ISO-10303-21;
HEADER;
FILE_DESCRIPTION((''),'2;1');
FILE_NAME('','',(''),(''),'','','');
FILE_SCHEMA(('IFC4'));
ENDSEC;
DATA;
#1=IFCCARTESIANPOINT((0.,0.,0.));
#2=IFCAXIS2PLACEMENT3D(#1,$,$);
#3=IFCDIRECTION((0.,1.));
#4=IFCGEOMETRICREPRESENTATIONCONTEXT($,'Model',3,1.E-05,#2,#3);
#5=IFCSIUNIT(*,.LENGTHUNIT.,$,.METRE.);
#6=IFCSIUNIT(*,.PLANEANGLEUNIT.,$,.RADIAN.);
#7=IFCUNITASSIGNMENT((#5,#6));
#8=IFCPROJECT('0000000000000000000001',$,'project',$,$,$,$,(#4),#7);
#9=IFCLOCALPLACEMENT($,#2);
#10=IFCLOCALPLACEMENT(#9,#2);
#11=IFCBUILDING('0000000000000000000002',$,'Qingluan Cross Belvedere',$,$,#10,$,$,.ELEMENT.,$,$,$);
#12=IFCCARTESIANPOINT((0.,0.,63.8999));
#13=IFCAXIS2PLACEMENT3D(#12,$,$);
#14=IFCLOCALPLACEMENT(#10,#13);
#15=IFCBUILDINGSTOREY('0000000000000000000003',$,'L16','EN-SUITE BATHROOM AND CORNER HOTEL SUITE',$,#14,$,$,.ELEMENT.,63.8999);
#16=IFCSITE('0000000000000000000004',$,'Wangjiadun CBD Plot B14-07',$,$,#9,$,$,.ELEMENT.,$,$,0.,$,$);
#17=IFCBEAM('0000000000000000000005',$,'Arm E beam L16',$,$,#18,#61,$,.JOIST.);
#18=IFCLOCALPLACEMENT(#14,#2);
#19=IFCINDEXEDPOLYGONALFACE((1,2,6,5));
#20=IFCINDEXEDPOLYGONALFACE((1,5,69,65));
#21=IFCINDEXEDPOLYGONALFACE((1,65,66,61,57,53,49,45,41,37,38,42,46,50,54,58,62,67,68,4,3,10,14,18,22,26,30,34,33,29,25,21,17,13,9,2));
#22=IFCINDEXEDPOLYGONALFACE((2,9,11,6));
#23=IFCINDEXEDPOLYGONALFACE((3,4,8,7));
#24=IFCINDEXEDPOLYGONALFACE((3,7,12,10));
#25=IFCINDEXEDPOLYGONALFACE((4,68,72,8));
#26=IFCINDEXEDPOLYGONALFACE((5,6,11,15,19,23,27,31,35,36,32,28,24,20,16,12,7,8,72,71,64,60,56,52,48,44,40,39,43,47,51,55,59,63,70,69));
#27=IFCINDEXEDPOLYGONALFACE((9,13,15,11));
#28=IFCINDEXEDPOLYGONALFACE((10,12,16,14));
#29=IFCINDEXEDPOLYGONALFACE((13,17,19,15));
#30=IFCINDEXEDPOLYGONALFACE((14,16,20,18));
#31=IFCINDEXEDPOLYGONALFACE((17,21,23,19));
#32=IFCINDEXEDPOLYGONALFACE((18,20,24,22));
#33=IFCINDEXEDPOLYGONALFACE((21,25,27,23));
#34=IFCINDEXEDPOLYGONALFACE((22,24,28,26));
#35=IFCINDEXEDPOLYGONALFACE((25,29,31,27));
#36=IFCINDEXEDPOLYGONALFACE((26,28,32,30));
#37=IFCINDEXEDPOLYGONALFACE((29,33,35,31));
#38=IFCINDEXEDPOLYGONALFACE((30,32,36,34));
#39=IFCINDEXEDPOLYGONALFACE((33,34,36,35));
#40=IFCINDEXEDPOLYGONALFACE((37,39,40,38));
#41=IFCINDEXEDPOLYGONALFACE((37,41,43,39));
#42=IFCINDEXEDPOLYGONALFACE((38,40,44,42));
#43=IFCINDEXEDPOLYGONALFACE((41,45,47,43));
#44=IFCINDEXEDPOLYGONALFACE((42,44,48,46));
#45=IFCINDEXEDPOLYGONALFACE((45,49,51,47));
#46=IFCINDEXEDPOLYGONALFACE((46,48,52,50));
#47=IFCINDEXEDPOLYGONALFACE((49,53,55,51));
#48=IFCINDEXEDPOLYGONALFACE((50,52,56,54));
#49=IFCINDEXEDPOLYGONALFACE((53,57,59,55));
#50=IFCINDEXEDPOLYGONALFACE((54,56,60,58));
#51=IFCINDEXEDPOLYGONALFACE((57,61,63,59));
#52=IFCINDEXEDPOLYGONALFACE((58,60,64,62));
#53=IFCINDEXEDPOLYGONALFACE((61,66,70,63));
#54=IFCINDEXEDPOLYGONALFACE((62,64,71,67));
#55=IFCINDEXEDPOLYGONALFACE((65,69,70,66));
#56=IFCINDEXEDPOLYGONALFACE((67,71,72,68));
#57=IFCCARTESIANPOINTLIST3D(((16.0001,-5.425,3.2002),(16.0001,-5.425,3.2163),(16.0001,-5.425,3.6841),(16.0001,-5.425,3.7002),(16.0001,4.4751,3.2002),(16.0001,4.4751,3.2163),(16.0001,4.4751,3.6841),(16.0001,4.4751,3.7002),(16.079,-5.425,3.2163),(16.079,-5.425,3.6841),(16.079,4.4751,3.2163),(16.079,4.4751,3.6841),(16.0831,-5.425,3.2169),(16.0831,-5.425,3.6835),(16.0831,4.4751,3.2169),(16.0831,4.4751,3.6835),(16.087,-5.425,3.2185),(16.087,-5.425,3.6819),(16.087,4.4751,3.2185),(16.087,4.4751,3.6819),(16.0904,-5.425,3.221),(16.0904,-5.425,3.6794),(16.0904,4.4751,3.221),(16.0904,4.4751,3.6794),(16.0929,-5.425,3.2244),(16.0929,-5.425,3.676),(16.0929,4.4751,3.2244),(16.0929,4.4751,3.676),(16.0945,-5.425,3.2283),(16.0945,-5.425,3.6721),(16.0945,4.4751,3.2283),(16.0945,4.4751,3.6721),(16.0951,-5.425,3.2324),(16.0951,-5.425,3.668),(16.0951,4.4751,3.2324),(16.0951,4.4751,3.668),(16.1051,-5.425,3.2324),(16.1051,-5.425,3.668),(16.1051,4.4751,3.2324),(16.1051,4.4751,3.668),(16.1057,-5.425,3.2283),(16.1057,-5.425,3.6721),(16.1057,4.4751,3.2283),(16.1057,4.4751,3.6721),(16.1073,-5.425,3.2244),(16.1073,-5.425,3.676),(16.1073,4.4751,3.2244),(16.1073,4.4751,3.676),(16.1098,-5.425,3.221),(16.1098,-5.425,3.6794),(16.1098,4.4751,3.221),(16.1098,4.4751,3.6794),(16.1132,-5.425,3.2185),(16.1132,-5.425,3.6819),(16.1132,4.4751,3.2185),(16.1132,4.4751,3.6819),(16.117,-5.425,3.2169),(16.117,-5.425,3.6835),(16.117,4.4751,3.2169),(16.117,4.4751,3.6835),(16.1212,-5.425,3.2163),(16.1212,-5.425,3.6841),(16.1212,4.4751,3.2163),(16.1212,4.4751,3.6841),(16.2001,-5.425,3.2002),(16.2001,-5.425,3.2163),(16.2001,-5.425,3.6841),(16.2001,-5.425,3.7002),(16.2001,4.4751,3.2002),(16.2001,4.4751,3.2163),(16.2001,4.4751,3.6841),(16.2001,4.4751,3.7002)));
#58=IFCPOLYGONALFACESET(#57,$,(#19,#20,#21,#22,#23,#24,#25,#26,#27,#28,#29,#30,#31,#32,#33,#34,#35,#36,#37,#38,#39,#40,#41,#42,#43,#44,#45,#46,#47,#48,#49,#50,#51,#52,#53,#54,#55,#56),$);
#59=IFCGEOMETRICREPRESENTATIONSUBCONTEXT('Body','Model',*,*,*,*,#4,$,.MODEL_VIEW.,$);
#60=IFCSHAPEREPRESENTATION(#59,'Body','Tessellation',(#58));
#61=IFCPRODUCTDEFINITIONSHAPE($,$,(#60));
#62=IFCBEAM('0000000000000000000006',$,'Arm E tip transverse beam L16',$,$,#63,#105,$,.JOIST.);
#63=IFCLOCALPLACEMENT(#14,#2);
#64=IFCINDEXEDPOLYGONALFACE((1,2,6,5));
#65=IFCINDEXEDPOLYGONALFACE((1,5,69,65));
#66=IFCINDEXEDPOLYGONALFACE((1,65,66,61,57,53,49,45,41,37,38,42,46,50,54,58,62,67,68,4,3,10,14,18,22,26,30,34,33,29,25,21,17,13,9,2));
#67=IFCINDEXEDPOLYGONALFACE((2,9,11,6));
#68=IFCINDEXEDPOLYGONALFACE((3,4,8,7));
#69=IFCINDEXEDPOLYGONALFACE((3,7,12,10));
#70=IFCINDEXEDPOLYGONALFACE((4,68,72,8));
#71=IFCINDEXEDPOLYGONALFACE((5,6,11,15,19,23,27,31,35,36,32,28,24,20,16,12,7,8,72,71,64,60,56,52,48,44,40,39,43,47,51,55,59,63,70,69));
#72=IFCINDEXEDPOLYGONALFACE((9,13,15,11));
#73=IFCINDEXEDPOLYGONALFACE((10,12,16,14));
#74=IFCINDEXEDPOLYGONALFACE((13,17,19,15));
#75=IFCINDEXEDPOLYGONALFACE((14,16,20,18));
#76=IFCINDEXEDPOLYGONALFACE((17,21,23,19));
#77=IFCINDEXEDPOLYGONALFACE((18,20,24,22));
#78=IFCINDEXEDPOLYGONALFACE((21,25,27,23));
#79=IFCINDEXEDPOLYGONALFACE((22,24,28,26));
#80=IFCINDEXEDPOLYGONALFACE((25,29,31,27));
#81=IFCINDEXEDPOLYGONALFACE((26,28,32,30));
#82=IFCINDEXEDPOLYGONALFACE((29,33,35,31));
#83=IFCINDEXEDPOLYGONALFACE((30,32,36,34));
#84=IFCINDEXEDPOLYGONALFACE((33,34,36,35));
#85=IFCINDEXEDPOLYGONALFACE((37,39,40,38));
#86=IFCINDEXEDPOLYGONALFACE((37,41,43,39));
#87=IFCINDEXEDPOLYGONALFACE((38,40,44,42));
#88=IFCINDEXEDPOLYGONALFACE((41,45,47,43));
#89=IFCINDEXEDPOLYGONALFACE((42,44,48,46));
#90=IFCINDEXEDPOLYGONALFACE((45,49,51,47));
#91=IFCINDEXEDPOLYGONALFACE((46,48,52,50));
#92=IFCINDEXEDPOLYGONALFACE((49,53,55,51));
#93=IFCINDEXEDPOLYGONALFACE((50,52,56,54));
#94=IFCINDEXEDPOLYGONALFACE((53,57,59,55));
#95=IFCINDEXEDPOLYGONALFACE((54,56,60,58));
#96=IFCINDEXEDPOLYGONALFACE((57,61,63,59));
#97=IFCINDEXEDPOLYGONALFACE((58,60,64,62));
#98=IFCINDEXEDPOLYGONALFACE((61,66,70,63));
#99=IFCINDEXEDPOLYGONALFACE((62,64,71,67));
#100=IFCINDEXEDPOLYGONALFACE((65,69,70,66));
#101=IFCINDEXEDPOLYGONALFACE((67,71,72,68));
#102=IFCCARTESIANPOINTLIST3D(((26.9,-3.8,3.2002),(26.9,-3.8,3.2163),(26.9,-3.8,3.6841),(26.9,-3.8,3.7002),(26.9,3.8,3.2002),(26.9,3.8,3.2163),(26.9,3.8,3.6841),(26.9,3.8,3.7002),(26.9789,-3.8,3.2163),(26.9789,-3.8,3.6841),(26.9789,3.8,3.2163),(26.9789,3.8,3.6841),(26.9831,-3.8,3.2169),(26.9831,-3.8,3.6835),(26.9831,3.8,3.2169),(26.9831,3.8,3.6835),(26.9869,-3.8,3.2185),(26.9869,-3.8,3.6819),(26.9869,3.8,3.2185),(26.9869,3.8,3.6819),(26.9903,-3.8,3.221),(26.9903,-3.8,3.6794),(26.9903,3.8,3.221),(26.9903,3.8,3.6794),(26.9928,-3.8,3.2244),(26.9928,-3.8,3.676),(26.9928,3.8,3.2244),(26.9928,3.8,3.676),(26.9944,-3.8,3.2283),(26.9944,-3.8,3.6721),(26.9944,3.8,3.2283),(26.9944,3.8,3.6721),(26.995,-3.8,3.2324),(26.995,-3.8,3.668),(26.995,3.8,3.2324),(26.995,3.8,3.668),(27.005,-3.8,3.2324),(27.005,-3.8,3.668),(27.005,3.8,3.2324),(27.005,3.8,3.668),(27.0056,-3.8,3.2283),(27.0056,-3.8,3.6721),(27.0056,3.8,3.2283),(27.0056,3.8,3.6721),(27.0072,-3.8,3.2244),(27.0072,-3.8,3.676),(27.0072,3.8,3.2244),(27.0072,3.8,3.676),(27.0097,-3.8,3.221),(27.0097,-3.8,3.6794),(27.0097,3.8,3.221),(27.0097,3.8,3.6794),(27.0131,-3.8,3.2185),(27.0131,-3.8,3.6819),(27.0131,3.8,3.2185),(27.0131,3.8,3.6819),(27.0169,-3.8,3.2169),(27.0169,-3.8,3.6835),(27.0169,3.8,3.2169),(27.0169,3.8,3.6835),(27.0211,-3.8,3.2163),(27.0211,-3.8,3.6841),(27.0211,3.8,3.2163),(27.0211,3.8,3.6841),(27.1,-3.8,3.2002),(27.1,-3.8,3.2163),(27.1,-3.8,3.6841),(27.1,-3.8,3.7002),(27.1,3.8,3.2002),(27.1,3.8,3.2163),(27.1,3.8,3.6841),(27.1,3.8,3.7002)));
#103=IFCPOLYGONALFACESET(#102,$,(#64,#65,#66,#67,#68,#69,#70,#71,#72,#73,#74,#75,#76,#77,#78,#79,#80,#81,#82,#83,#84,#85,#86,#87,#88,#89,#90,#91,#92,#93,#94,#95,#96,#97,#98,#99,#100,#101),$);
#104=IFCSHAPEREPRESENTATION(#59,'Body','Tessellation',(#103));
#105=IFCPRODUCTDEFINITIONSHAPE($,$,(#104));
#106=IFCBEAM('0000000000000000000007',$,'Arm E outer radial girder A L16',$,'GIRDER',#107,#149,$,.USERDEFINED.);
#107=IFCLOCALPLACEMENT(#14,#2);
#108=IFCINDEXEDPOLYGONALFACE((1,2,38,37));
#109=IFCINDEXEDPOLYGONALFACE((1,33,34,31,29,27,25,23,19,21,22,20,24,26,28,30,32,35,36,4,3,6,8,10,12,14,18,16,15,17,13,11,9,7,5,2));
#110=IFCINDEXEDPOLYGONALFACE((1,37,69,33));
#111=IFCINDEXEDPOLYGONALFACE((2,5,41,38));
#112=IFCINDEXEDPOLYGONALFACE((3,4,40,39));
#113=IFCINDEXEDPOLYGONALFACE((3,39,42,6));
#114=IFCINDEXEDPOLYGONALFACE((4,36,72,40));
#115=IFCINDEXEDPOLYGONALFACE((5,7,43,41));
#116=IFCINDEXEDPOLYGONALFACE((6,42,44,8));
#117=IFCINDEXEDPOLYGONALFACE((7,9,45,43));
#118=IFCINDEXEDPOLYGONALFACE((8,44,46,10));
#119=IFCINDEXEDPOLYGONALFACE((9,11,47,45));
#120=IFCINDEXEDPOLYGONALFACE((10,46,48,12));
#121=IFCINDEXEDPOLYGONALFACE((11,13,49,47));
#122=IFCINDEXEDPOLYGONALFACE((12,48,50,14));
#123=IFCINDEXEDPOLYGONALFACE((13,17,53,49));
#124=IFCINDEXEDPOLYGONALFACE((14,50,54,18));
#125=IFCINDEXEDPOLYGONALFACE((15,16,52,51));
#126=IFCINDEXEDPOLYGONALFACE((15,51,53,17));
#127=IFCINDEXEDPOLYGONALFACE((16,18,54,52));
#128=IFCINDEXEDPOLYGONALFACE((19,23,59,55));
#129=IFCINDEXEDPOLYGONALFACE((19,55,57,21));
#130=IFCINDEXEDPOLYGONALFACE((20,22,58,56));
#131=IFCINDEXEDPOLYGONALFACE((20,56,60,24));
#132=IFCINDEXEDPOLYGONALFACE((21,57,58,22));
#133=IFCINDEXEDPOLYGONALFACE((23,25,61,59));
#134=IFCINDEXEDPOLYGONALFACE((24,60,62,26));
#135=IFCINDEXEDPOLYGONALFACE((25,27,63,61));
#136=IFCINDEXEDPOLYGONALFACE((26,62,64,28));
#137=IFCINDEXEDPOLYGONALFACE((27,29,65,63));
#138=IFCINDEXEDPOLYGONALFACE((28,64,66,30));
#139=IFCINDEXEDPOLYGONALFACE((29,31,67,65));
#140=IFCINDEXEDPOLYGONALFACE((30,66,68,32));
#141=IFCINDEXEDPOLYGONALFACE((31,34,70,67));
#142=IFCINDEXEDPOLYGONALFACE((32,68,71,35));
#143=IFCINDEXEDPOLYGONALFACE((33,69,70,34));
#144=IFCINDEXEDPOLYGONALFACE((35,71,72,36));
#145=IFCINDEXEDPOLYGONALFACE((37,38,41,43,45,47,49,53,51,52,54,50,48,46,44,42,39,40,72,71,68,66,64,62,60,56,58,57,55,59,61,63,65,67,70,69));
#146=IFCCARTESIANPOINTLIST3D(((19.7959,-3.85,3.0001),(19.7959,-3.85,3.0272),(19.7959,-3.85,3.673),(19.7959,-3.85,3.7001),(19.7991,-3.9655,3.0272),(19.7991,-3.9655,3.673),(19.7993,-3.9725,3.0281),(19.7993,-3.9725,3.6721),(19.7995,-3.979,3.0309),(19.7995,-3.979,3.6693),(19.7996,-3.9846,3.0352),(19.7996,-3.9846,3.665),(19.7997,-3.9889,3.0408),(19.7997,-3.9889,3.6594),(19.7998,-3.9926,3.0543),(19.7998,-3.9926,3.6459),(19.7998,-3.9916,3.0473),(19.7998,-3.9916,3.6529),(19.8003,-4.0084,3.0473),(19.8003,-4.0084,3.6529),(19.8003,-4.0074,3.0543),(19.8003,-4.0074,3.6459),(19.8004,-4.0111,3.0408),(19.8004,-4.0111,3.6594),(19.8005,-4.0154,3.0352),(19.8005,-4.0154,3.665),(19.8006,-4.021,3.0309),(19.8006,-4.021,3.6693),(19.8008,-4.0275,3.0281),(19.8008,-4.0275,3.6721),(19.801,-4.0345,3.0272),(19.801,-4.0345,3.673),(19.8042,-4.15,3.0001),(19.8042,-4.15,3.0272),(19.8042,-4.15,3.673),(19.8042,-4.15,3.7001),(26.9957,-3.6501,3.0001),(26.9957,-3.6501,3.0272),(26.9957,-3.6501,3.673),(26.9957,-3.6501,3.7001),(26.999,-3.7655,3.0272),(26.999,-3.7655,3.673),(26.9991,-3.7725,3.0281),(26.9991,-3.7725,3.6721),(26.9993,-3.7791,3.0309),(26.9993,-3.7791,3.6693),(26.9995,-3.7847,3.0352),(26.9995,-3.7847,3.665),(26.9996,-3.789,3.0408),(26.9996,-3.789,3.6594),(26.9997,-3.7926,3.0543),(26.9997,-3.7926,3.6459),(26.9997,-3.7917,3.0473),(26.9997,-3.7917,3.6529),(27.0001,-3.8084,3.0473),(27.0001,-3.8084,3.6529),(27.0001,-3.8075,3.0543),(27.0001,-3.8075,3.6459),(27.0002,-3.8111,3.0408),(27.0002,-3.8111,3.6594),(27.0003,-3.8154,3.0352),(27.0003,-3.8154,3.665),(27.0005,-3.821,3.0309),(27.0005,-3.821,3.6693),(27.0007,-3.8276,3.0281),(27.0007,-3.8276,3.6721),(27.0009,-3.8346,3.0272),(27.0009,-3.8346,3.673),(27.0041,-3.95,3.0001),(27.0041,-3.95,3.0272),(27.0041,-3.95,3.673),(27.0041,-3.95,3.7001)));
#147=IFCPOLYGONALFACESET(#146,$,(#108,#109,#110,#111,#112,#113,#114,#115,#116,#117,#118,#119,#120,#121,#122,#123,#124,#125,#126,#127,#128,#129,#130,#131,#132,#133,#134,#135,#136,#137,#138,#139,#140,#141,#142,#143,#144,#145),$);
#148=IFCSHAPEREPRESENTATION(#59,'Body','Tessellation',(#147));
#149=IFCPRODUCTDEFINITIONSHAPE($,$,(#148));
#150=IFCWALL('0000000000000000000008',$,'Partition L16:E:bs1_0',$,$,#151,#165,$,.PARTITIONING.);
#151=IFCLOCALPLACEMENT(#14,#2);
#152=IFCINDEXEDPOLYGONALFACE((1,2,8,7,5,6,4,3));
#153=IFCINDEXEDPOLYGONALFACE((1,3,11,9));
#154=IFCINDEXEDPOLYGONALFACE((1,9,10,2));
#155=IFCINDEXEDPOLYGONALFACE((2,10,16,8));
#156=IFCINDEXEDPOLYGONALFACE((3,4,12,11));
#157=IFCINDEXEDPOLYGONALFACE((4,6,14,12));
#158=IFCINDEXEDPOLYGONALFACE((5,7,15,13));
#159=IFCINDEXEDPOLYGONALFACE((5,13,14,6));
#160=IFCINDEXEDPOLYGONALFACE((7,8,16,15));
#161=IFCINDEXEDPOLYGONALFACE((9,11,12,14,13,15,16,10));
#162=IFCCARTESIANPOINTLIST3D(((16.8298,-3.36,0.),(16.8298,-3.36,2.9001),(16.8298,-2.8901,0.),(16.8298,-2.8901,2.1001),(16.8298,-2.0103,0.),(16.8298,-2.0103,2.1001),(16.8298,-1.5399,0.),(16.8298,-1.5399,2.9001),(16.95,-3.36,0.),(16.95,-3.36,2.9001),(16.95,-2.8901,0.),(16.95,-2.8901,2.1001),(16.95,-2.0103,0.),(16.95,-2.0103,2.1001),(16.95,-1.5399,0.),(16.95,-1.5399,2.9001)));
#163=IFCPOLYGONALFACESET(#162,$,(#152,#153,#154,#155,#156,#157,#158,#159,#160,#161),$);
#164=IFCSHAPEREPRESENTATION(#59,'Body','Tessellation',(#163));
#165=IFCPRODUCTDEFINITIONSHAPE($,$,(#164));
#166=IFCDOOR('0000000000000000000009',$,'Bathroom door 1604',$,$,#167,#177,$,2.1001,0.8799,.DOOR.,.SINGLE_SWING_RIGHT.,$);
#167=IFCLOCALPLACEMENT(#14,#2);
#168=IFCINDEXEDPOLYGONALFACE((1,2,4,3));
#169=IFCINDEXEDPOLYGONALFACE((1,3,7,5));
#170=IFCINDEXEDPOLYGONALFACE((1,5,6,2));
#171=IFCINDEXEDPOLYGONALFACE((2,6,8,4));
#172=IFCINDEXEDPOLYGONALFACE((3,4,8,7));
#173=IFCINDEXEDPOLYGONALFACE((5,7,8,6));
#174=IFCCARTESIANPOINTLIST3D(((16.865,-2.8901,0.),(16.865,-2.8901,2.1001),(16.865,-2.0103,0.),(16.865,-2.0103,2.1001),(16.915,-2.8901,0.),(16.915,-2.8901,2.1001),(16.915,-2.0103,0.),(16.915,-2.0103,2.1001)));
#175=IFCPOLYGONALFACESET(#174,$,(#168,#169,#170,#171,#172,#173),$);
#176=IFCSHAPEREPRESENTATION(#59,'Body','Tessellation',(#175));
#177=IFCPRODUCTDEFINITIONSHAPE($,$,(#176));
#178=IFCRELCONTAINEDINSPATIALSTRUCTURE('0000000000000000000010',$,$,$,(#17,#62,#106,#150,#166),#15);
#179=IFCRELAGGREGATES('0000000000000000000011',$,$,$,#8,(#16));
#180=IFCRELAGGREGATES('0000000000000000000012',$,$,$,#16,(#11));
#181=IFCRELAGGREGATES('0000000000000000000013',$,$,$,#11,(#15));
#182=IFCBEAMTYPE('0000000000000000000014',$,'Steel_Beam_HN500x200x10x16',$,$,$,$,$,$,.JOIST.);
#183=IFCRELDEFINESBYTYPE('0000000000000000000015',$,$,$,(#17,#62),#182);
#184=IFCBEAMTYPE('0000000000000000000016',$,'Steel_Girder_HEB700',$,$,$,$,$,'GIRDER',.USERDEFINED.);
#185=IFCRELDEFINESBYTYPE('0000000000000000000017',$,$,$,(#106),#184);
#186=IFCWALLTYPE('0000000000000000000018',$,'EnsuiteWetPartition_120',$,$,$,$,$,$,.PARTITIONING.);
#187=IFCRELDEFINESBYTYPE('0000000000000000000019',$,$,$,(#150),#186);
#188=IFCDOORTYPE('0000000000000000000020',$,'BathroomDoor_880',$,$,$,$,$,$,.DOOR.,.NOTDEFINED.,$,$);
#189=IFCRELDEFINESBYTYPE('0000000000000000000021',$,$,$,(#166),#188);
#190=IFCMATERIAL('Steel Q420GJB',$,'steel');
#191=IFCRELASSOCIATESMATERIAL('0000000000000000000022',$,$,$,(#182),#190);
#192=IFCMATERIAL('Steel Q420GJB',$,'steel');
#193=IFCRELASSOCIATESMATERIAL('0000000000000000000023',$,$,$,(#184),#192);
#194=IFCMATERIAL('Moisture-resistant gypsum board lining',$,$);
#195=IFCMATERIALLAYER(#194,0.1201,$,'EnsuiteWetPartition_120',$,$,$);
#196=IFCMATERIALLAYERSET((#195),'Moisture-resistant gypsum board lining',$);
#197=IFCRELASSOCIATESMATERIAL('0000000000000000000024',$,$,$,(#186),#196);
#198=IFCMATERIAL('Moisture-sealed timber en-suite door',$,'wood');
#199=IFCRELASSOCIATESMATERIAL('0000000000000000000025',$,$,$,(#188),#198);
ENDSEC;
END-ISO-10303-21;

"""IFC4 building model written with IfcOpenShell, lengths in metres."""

from ifc_helpers import new_model, si_unit, direction, frame, frame_2d, origin, origin_2d, place, context, subcontext, project, spatial, rectangle, i_section, extrude, material, layer, layer_set, material_profile, profile_set, type_object, element, fill, save


model = new_model("IFC4")

# Units and contexts
model_context = context("Model", 3, precision=1e-05, world=origin(), true_north=direction((0.0, 1.0)))
body_context = subcontext(model_context, "Body", "Model", "MODEL_VIEW")
ifc_project = project(units=[si_unit("LENGTHUNIT", "METRE"), si_unit("PLANEANGLEUNIT", "RADIAN")], contexts=[model_context])

# Site, building, storey
site_placement = place(None, origin())
site = spatial("IfcSite", under=ifc_project, at=site_placement, Name="Wangjiadun CBD Plot B14-07", CompositionType="ELEMENT", RefElevation=0.0)
building_placement = place(site_placement, origin())
building = spatial("IfcBuilding", under=site, at=building_placement, Name="Qingluan Cross Belvedere", CompositionType="ELEMENT")
storey_placement = place(building_placement, frame((0.0, 0.0, 63.8999)))
storey = spatial("IfcBuildingStorey", under=building, at=storey_placement, Name="L16", Description="EN-SUITE BATHROOM AND CORNER HOTEL SUITE", CompositionType="ELEMENT", Elevation=63.8999)

# Beams
ifc_material_1 = material(Name="Steel Q420GJB", Category="steel")
ifc_material_profile_1 = material_profile(ifc_material_1, i_section(OverallWidth=0.2, OverallDepth=0.5, WebThickness=0.01, FlangeThickness=0.0161, FilletRadius=0.0161, at=origin_2d()), Name="HN500x200x10x16")
ifc_profile_set_1 = profile_set([ifc_material_profile_1], Name="Steel Q420GJB")
beam_type_1 = type_object("IfcBeamType", Name="Steel_Beam_HN500x200x10x16", PredefinedType="JOIST", material=ifc_profile_set_1)
beam_1_placement = place(storey_placement, frame((16.1001, -5.425, 3.4502), z_axis=(0.0, 1.0, 0.0), x_axis=(-1.0, 0.0, 0.0)))
element("IfcBeam", 1, at=beam_1_placement, inside=storey, type_object=beam_type_1, Name="Arm E beam L16", PredefinedType="JOIST", context=body_context, shape_type="SweptSolid", body=[
    extrude(i_section(OverallWidth=0.2, OverallDepth=0.5, WebThickness=0.01, FlangeThickness=0.0161, FilletRadius=0.0161, at=origin_2d()), origin(), (0.0, 0.0, 1.0), 9.9001),
])
beam_2_placement = place(storey_placement, frame((27.0, -3.8, 3.4502), z_axis=(0.0, 1.0, 0.0), x_axis=(-1.0, 0.0, 0.0)))
element("IfcBeam", 2, at=beam_2_placement, inside=storey, type_object=beam_type_1, Name="Arm E tip transverse beam L16", PredefinedType="JOIST", context=body_context, shape_type="SweptSolid", body=[
    extrude(i_section(OverallWidth=0.2, OverallDepth=0.5, WebThickness=0.01, FlangeThickness=0.0161, FilletRadius=0.0161, at=origin_2d()), origin(), (0.0, 0.0, 1.0), 7.6001),
])
ifc_material_2 = material(Name="Steel Q420GJB", Category="steel")
ifc_material_profile_2 = material_profile(ifc_material_2, i_section(OverallWidth=0.3, OverallDepth=0.7, WebThickness=0.0149, FlangeThickness=0.0271, FilletRadius=0.0271, at=origin_2d()), Name="HEB700")
ifc_profile_set_2 = profile_set([ifc_material_profile_2], Name="Steel Q420GJB")
beam_type_2 = type_object("IfcBeamType", Name="Steel_Girder_HEB700", ElementType="GIRDER", PredefinedType="USERDEFINED", material=ifc_profile_set_2)
beam_3_placement = place(storey_placement, frame((19.8, -4.0, 3.3501), z_axis=(0.999615, 0.02776, 0.0), x_axis=(-0.02776, 0.999615, 0.0)))
element("IfcBeam", 3, at=beam_3_placement, inside=storey, type_object=beam_type_2, Name="Arm E outer radial girder A L16", ObjectType="GIRDER", PredefinedType="USERDEFINED", context=body_context, shape_type="SweptSolid", body=[
    extrude(i_section(OverallWidth=0.3, OverallDepth=0.7, WebThickness=0.0149, FlangeThickness=0.0271, FilletRadius=0.0271, at=origin_2d()), origin(), (0.0, 0.0, 1.0), 7.2026),
])

# Wall, opening, door
ifc_material_3 = material(Name="Moisture-resistant gypsum board lining")
ifc_layer_1 = layer(ifc_material_3, 0.1201, Name="EnsuiteWetPartition_120")
ifc_layer_set_1 = layer_set([ifc_layer_1], Name="Moisture-resistant gypsum board lining")
wall_type_1 = type_object("IfcWallType", Name="EnsuiteWetPartition_120", PredefinedType="PARTITIONING", material=ifc_layer_set_1)
wall_1_placement = place(storey_placement, frame((16.8899, -3.3601, 0.0), z_axis=(0.0, 0.0, 1.0), x_axis=(0.0, 1.0, 0.0)))
wall_1 = element("IfcWall", 4, at=wall_1_placement, inside=storey, type_object=wall_type_1, Name="Partition L16:E:bs1_0", PredefinedType="PARTITIONING", context=body_context, shape_type="SweptSolid", body=[
    extrude(rectangle(XDim=1.8201, YDim=0.1201, at=frame_2d((0.9102, 0.0))), origin(), (0.0, 0.0, 1.0), 2.9001),
])
opening_1_placement = place(wall_1_placement, frame((0.47, 0.0, 0.0)))
opening_1 = element("IfcOpeningElement", 5, at=opening_1_placement, cuts=wall_1, PredefinedType="OPENING", context=body_context, shape_type="SweptSolid", body=[
    extrude(rectangle(XDim=0.8799, YDim=2.1001, at=frame_2d((0.4399, 1.05))), frame((0.0, 0.0701, 0.0), z_axis=(0.0, -1.0, 0.0), x_axis=(1.0, 0.0, 0.0)), (0.0, 0.0, 1.0), 0.1401),
])
ifc_material_4 = material(Name="Moisture-sealed timber en-suite door", Category="wood")
door_type = type_object("IfcDoorType", Name="BathroomDoor_880", OperationType="NOTDEFINED", PredefinedType="DOOR", material=ifc_material_4)
door_1_placement = place(opening_1_placement, origin())
door_1 = element("IfcDoor", 6, at=door_1_placement, inside=storey, type_object=door_type, Name="Bathroom door 1604", OperationType="SINGLE_SWING_RIGHT", OverallHeight=2.1001, OverallWidth=0.8799, PredefinedType="DOOR", context=body_context, shape_type="SweptSolid", body=[
    extrude(rectangle(XDim=0.8799, YDim=2.1001, at=frame_2d((0.4399, 1.05))), frame((0.0, 0.0249, 0.0), z_axis=(0.0, -1.0, 0.0), x_axis=(1.0, 0.0, 0.0)), (0.0, 0.0, 1.0), 0.05),
])
fill(opening_1, door_1)

save(model, "model.ifc")
